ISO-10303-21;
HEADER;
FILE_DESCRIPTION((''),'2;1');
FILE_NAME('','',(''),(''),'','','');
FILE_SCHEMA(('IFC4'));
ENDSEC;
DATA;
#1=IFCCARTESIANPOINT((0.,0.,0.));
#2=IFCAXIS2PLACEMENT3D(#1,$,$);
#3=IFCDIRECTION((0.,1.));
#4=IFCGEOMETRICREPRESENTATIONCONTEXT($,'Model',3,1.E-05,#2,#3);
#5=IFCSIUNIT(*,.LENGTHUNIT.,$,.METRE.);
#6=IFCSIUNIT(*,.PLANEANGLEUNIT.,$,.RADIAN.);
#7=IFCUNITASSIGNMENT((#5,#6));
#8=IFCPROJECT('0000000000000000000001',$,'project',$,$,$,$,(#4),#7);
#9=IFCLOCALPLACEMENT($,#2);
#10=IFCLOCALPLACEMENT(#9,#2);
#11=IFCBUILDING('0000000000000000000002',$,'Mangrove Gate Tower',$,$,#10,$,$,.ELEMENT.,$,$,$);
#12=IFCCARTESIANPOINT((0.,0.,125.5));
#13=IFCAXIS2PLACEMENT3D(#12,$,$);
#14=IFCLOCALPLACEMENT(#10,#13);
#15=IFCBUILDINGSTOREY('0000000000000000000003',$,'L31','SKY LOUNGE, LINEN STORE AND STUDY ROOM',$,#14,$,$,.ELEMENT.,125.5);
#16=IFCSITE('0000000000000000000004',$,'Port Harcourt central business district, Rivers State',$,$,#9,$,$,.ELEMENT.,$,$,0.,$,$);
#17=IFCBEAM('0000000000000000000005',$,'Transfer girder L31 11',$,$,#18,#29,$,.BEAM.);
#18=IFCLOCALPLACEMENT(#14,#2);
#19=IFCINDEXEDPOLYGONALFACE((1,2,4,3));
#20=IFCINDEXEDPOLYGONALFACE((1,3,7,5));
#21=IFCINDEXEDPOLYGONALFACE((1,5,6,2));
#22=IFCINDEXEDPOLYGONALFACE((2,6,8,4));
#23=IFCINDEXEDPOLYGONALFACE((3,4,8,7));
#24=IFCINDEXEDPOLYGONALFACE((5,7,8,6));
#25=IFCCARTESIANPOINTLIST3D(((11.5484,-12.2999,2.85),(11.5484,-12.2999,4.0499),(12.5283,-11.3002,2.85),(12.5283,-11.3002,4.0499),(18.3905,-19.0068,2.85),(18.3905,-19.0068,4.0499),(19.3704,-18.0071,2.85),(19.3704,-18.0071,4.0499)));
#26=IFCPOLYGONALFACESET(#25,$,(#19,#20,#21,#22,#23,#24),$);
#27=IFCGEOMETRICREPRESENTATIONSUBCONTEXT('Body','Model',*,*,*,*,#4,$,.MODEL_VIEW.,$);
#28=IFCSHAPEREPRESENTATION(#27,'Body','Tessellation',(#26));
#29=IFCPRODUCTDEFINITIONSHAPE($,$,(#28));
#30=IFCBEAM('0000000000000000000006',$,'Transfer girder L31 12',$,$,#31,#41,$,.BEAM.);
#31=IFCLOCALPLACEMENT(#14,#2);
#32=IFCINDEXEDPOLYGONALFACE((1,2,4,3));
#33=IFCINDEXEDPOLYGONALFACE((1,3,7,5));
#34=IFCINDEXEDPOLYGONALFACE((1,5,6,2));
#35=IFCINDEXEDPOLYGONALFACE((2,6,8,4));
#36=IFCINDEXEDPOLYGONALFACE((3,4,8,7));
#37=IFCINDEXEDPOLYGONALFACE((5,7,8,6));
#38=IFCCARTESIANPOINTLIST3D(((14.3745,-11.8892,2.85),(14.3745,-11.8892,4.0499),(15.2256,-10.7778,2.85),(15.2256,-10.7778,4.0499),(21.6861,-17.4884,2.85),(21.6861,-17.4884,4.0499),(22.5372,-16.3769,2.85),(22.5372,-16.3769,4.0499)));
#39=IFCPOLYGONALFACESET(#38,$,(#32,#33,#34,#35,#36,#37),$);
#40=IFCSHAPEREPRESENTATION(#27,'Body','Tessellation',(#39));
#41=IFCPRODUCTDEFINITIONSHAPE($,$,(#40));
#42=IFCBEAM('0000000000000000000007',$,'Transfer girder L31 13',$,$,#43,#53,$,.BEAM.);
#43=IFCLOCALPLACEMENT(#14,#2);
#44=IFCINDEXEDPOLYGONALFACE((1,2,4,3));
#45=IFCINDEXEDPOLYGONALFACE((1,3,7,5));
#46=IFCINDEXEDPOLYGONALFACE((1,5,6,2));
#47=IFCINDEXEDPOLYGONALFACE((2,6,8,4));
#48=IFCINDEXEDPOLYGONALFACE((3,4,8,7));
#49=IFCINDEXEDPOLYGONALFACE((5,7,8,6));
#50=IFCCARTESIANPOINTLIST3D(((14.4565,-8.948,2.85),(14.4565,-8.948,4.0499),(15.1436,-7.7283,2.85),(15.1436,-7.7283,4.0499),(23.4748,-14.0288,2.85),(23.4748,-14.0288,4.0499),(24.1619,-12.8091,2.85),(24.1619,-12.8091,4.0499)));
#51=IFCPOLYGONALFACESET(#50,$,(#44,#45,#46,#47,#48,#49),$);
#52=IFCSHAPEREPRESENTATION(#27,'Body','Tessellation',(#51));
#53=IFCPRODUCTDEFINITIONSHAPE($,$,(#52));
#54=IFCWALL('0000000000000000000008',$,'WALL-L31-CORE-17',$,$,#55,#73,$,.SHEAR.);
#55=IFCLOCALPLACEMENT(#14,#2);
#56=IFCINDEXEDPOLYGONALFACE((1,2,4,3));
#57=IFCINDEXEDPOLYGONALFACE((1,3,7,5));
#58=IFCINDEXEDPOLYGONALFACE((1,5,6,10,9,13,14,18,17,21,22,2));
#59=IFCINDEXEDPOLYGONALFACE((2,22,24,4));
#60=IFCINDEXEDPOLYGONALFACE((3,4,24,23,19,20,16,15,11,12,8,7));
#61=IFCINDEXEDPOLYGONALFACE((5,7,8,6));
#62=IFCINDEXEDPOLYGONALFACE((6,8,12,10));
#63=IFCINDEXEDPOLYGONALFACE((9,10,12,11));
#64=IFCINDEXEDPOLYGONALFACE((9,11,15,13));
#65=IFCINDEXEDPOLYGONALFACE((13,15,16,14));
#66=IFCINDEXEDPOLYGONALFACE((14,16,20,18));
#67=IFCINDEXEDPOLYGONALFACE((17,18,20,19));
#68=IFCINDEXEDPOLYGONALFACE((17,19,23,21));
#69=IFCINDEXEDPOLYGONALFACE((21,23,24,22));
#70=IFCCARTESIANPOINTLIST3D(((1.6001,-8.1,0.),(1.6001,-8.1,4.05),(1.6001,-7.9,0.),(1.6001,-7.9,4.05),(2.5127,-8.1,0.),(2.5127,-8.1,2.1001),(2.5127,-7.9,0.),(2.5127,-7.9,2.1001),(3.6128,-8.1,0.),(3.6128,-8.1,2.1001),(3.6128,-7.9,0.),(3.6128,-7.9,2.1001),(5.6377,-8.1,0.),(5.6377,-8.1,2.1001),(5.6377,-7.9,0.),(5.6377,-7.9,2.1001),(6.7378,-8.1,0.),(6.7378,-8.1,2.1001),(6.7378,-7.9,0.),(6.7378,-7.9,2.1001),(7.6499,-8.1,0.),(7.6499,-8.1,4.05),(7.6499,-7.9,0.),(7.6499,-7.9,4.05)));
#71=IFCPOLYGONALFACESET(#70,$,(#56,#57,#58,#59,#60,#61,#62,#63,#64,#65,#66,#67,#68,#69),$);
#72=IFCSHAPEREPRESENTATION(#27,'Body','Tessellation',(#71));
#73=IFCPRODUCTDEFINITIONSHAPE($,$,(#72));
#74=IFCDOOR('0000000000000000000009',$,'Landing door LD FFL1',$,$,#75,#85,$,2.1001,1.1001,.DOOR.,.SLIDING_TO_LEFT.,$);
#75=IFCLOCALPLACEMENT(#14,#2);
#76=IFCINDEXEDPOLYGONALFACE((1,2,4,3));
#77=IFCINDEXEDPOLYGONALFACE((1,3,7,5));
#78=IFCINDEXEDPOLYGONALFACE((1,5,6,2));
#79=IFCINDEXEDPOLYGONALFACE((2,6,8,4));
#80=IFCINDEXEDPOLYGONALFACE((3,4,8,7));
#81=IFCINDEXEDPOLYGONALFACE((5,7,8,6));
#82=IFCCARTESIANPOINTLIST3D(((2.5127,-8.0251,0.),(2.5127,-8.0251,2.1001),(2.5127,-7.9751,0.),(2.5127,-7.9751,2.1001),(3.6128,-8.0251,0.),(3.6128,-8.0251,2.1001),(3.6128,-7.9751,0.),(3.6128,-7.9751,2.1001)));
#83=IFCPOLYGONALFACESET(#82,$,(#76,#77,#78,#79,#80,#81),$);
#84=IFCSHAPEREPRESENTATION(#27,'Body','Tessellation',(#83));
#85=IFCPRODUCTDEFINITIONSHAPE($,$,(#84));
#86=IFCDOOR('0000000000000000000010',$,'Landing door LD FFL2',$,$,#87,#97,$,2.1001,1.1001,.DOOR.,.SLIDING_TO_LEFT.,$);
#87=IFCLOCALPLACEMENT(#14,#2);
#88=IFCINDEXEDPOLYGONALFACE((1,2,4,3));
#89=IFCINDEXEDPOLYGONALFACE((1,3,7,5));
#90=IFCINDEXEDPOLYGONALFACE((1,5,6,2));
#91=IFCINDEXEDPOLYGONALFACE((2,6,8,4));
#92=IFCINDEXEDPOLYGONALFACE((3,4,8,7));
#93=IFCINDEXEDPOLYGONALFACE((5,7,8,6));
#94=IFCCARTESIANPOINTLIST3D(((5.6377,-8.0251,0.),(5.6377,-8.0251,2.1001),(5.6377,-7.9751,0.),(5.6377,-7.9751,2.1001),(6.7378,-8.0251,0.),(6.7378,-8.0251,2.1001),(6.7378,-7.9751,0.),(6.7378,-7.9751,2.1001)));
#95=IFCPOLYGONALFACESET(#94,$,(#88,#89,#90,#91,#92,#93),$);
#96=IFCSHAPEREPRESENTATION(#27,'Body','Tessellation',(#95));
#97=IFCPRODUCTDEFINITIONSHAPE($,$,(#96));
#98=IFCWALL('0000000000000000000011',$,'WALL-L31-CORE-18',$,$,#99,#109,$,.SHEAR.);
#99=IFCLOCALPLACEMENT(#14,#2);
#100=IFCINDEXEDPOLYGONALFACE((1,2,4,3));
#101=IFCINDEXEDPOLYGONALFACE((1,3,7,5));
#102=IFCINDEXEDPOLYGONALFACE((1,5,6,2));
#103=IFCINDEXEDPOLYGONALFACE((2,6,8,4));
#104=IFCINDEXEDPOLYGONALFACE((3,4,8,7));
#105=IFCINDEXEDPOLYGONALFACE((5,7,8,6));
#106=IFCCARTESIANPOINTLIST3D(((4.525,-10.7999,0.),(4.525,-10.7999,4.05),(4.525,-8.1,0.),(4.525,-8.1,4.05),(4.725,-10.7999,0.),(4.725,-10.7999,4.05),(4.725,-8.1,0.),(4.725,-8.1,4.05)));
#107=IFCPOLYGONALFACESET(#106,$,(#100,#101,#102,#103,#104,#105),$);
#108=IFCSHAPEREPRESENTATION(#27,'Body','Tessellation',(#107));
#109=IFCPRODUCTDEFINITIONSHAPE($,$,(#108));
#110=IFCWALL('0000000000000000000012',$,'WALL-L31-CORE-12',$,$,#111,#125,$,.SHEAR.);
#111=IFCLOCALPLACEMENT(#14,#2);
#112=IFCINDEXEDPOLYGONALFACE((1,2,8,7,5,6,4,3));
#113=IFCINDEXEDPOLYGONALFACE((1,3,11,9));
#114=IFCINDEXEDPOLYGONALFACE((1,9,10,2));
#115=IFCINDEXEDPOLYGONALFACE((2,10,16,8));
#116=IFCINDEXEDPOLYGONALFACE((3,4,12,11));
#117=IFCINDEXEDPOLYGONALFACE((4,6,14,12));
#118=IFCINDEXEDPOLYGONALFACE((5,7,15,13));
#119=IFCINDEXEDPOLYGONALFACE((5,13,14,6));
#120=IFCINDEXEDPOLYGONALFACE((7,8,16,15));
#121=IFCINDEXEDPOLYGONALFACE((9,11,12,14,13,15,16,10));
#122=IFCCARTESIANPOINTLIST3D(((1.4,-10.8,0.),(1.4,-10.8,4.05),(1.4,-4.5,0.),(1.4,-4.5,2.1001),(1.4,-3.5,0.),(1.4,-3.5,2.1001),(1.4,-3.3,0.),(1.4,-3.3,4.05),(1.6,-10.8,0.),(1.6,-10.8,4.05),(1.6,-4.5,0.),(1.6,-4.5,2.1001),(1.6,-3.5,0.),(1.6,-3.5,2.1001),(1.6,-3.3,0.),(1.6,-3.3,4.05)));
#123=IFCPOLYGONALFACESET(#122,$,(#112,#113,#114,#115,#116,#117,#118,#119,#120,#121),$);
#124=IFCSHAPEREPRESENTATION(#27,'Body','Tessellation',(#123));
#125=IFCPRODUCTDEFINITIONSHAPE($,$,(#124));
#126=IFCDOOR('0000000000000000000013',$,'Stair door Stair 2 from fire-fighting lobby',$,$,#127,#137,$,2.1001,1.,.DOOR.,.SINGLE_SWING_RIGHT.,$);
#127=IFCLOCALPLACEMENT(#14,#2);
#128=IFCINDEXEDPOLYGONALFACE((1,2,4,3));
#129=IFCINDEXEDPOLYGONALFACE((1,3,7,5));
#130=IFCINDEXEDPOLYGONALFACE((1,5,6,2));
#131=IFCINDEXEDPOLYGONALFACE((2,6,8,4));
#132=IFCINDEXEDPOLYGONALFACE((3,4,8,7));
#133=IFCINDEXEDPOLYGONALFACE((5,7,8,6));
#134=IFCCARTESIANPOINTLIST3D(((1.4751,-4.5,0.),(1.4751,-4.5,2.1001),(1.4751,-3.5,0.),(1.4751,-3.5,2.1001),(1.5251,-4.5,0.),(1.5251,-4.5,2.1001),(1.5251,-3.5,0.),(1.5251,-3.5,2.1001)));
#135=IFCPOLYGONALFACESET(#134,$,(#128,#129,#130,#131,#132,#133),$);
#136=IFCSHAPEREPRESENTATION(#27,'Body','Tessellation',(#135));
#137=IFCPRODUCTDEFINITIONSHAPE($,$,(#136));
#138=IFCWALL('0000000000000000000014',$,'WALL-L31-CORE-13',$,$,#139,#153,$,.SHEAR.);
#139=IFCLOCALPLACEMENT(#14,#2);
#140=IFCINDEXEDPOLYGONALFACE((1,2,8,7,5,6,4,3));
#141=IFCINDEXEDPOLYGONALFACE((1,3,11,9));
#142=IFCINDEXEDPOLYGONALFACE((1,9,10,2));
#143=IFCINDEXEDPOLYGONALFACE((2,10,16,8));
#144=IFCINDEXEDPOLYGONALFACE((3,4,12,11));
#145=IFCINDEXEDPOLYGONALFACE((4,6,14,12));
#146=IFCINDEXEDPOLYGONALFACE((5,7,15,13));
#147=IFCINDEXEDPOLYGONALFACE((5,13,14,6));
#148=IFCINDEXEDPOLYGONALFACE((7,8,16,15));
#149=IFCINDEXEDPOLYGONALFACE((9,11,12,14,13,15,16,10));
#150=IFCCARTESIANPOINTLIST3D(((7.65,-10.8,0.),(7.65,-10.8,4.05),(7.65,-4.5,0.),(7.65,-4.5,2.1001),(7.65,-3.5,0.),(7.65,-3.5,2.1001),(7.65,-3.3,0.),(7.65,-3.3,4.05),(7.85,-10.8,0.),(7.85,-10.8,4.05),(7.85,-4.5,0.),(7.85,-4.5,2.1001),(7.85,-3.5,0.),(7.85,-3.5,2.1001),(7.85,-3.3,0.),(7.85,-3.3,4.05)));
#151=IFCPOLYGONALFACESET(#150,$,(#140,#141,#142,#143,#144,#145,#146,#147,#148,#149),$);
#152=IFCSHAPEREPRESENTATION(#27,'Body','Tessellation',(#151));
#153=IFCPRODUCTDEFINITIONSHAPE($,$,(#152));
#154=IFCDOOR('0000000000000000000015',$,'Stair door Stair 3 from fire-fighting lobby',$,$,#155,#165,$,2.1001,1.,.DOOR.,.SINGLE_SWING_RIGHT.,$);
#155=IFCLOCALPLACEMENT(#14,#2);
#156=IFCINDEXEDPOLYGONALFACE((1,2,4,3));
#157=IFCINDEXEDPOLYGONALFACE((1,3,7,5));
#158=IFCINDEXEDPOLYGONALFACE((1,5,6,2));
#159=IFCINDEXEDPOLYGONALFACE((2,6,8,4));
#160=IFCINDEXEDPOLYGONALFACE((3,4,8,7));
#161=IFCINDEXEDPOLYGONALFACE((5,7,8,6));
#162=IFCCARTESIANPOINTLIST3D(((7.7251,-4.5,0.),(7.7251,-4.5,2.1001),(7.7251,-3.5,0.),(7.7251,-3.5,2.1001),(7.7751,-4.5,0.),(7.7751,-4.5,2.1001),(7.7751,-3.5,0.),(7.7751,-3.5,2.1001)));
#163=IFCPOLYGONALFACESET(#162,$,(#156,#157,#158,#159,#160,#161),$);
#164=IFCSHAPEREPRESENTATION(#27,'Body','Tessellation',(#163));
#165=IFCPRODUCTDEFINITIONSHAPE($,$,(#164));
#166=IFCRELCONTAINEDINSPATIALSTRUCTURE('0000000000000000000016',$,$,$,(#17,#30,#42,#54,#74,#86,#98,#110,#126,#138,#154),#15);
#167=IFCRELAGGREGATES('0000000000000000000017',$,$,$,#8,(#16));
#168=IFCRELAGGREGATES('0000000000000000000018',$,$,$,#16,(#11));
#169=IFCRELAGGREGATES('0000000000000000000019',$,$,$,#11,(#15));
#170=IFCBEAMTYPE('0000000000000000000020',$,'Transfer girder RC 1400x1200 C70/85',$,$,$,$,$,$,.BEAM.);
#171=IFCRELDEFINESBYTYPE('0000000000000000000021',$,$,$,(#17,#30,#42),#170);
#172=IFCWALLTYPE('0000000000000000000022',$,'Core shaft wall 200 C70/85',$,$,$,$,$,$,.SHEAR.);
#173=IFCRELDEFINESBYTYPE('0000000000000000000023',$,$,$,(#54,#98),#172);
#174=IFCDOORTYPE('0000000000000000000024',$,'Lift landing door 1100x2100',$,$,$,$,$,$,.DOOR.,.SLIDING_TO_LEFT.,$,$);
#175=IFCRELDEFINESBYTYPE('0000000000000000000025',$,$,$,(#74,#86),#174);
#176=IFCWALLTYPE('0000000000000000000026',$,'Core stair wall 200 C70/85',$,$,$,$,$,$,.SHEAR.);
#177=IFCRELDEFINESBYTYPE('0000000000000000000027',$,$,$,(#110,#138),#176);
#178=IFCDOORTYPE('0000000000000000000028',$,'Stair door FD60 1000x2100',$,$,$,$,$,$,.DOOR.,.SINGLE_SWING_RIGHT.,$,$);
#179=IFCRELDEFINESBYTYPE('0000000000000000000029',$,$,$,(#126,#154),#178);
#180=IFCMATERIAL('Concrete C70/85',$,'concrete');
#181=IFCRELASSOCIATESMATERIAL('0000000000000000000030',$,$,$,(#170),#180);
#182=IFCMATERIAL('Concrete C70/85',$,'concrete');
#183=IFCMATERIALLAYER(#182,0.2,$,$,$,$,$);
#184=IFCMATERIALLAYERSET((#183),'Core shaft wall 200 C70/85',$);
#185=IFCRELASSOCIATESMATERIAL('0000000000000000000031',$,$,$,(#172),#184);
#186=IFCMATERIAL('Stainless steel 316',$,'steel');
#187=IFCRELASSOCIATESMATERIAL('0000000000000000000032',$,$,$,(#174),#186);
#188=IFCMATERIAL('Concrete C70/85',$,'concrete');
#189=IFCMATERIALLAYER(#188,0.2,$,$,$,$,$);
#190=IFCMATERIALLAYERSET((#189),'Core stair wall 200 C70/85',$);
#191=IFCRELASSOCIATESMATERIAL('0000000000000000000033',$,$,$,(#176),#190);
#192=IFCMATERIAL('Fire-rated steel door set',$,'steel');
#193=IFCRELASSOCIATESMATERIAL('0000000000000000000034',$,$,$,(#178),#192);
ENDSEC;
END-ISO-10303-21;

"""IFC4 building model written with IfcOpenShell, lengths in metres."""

from ifc_helpers import new_model, si_unit, direction, frame, frame_2d, origin, origin_2d, place, context, subcontext, project, spatial, rectangle, extrude, material, layer, layer_set, material_profile, profile_set, type_object, element, fill, save


model = new_model("IFC4")

# Units and contexts
model_context = context("Model", 3, precision=1e-05, world=origin(), true_north=direction((0.0, 1.0)))
body_context = subcontext(model_context, "Body", "Model", "MODEL_VIEW")
ifc_project = project(units=[si_unit("LENGTHUNIT", "METRE"), si_unit("PLANEANGLEUNIT", "RADIAN")], contexts=[model_context])

# Site, building, storey
site_placement = place(None, origin())
site = spatial("IfcSite", under=ifc_project, at=site_placement, Name="Port Harcourt central business district, Rivers State", CompositionType="ELEMENT", RefElevation=0.0)
building_placement = place(site_placement, origin())
building = spatial("IfcBuilding", under=site, at=building_placement, Name="Mangrove Gate Tower", CompositionType="ELEMENT")
storey_placement = place(building_placement, frame((0.0, 0.0, 125.5)))
storey = spatial("IfcBuildingStorey", under=building, at=storey_placement, Name="L31", Description="SKY LOUNGE, LINEN STORE AND STUDY ROOM", CompositionType="ELEMENT", Elevation=125.5)

# Beams
ifc_material_1 = material(Name="Concrete C70/85", Category="concrete")
ifc_material_profile = material_profile(ifc_material_1, rectangle(XDim=1.3999, YDim=1.2, at=origin_2d()))
ifc_profile_set = profile_set([ifc_material_profile], Name="Concrete C70/85")
beam_type = type_object("IfcBeamType", Name="Transfer girder RC 1400x1200 C70/85", PredefinedType="BEAM", material=ifc_profile_set)
beam_1_placement = place(storey_placement, frame((12.0383, -11.8, 3.45), z_axis=(0.71413, -0.700013, 0.0), x_axis=(0.700013, 0.71413, 0.0)))
element("IfcBeam", 1, at=beam_1_placement, inside=storey, type_object=beam_type, Name="Transfer girder L31 11", PredefinedType="BEAM", context=body_context, shape_type="SweptSolid", body=[
    extrude(rectangle(XDim=1.3999, YDim=1.2, at=origin_2d()), origin(), (0.0, 0.0, 1.0), 9.5811),
])
beam_2_placement = place(storey_placement, frame((14.8, -11.3335, 3.45), z_axis=(0.793941, -0.607995, 0.0), x_axis=(0.607995, 0.793941, 0.0)))
element("IfcBeam", 2, at=beam_2_placement, inside=storey, type_object=beam_type, Name="Transfer girder L31 12", PredefinedType="BEAM", context=body_context, shape_type="SweptSolid", body=[
    extrude(rectangle(XDim=1.3999, YDim=1.2, at=origin_2d()), origin(), (0.0, 0.0, 1.0), 9.2092),
])
beam_3_placement = place(storey_placement, frame((14.8, -8.3381, 3.45), z_axis=(0.871245, -0.490849, 0.0), x_axis=(0.490849, 0.871245, 0.0)))
element("IfcBeam", 3, at=beam_3_placement, inside=storey, type_object=beam_type, Name="Transfer girder L31 13", PredefinedType="BEAM", context=body_context, shape_type="SweptSolid", body=[
    extrude(rectangle(XDim=1.3999, YDim=1.2, at=origin_2d()), origin(), (0.0, 0.0, 1.0), 10.3511),
])

# Wall, openings, doors
ifc_material_2 = material(Name="Concrete C70/85", Category="concrete")
ifc_layer_1 = layer(ifc_material_2, 0.2)
ifc_layer_set_1 = layer_set([ifc_layer_1], Name="Core shaft wall 200 C70/85")
wall_type_1 = type_object("IfcWallType", Name="Core shaft wall 200 C70/85", PredefinedType="SHEAR", material=ifc_layer_set_1)
wall_1_placement = place(storey_placement, frame((1.6001, -8.0, 0.0), z_axis=(0.0, 0.0, 1.0), x_axis=(1.0, 0.0, 0.0)))
wall_1 = element("IfcWall", 4, at=wall_1_placement, inside=storey, type_object=wall_type_1, Name="WALL-L31-CORE-17", PredefinedType="SHEAR", context=body_context, shape_type="SweptSolid", body=[
    extrude(rectangle(XDim=6.0498, YDim=0.2, at=frame_2d((3.0249, 0.0))), origin(), (0.0, 0.0, 1.0), 4.05),
])
opening_1_placement = place(wall_1_placement, frame((0.9126, 0.0, 0.0)))
opening_1 = element("IfcOpeningElement", 5, at=opening_1_placement, cuts=wall_1, PredefinedType="OPENING", context=body_context, shape_type="SweptSolid", body=[
    extrude(rectangle(XDim=1.1001, YDim=2.1001, at=frame_2d((0.55, 1.05))), frame((0.0, 0.1099, 0.0), z_axis=(0.0, -1.0, 0.0), x_axis=(1.0, 0.0, 0.0)), (0.0, 0.0, 1.0), 0.22),
])
opening_2_placement = place(wall_1_placement, frame((4.0376, 0.0, 0.0)))
opening_2 = element("IfcOpeningElement", 6, at=opening_2_placement, cuts=wall_1, PredefinedType="OPENING", context=body_context, shape_type="SweptSolid", body=[
    extrude(rectangle(XDim=1.1001, YDim=2.1001, at=frame_2d((0.55, 1.05))), frame((0.0, 0.1099, 0.0), z_axis=(0.0, -1.0, 0.0), x_axis=(1.0, 0.0, 0.0)), (0.0, 0.0, 1.0), 0.22),
])
ifc_material_3 = material(Name="Stainless steel 316", Category="steel")
door_type_1 = type_object("IfcDoorType", Name="Lift landing door 1100x2100", OperationType="SLIDING_TO_LEFT", PredefinedType="DOOR", material=ifc_material_3)
door_1_placement = place(opening_1_placement, origin())
door_1 = element("IfcDoor", 7, at=door_1_placement, inside=storey, type_object=door_type_1, Name="Landing door LD FFL1", OperationType="SLIDING_TO_LEFT", OverallHeight=2.1001, OverallWidth=1.1001, PredefinedType="DOOR", context=body_context, shape_type="SweptSolid", body=[
    extrude(rectangle(XDim=1.1001, YDim=2.1001, at=frame_2d((0.55, 1.05))), frame((0.0, 0.0249, 0.0), z_axis=(0.0, -1.0, 0.0), x_axis=(1.0, 0.0, 0.0)), (0.0, 0.0, 1.0), 0.05),
])
fill(opening_1, door_1)
door_2_placement = place(opening_2_placement, origin())
door_2 = element("IfcDoor", 8, at=door_2_placement, inside=storey, type_object=door_type_1, Name="Landing door LD FFL2", OperationType="SLIDING_TO_LEFT", OverallHeight=2.1001, OverallWidth=1.1001, PredefinedType="DOOR", context=body_context, shape_type="SweptSolid", body=[
    extrude(rectangle(XDim=1.1001, YDim=2.1001, at=frame_2d((0.55, 1.05))), frame((0.0, 0.0249, 0.0), z_axis=(0.0, -1.0, 0.0), x_axis=(1.0, 0.0, 0.0)), (0.0, 0.0, 1.0), 0.05),
])
fill(opening_2, door_2)

# Wall
wall_2_placement = place(storey_placement, frame((4.625, -10.8, 0.0), z_axis=(0.0, 0.0, 1.0), x_axis=(0.0, 1.0, 0.0)))
element("IfcWall", 9, at=wall_2_placement, inside=storey, type_object=wall_type_1, Name="WALL-L31-CORE-18", PredefinedType="SHEAR", context=body_context, shape_type="SweptSolid", body=[
    extrude(rectangle(XDim=2.7, YDim=0.2, at=frame_2d((1.3501, 0.0))), origin(), (0.0, 0.0, 1.0), 4.05),
])

# Walls, openings, doors
ifc_material_4 = material(Name="Concrete C70/85", Category="concrete")
ifc_layer_2 = layer(ifc_material_4, 0.2)
ifc_layer_set_2 = layer_set([ifc_layer_2], Name="Core stair wall 200 C70/85")
wall_type_2 = type_object("IfcWallType", Name="Core stair wall 200 C70/85", PredefinedType="SHEAR", material=ifc_layer_set_2)
wall_3_placement = place(storey_placement, frame((1.5, -10.8, 0.0), z_axis=(0.0, 0.0, 1.0), x_axis=(0.0, 1.0, 0.0)))
wall_3 = element("IfcWall", 10, at=wall_3_placement, inside=storey, type_object=wall_type_2, Name="WALL-L31-CORE-12", PredefinedType="SHEAR", context=body_context, shape_type="SweptSolid", body=[
    extrude(rectangle(XDim=7.5, YDim=0.2, at=frame_2d((3.75, 0.0))), origin(), (0.0, 0.0, 1.0), 4.05),
])
opening_3_placement = place(wall_3_placement, frame((6.3, 0.0, 0.0)))
opening_3 = element("IfcOpeningElement", 11, at=opening_3_placement, cuts=wall_3, PredefinedType="OPENING", context=body_context, shape_type="SweptSolid", body=[
    extrude(rectangle(XDim=1.0, YDim=2.1001, at=frame_2d((0.5, 1.05))), frame((0.0, 0.1099, 0.0), z_axis=(0.0, -1.0, 0.0), x_axis=(1.0, 0.0, 0.0)), (0.0, 0.0, 1.0), 0.22),
])
ifc_material_5 = material(Name="Fire-rated steel door set", Category="steel")
door_type_2 = type_object("IfcDoorType", Name="Stair door FD60 1000x2100", OperationType="SINGLE_SWING_RIGHT", PredefinedType="DOOR", material=ifc_material_5)
door_3_placement = place(opening_3_placement, origin())
door_3 = element("IfcDoor", 12, at=door_3_placement, inside=storey, type_object=door_type_2, Name="Stair door Stair 2 from fire-fighting lobby", OperationType="SINGLE_SWING_RIGHT", OverallHeight=2.1001, OverallWidth=1.0, PredefinedType="DOOR", context=body_context, shape_type="SweptSolid", body=[
    extrude(rectangle(XDim=1.0, YDim=2.1001, at=frame_2d((0.5, 1.05))), frame((0.0, 0.0249, 0.0), z_axis=(0.0, -1.0, 0.0), x_axis=(1.0, 0.0, 0.0)), (0.0, 0.0, 1.0), 0.05),
])
fill(opening_3, door_3)
wall_4_placement = place(storey_placement, frame((7.75, -10.8, 0.0), z_axis=(0.0, 0.0, 1.0), x_axis=(0.0, 1.0, 0.0)))
wall_4 = element("IfcWall", 13, at=wall_4_placement, inside=storey, type_object=wall_type_2, Name="WALL-L31-CORE-13", PredefinedType="SHEAR", context=body_context, shape_type="SweptSolid", body=[
    extrude(rectangle(XDim=7.5, YDim=0.2, at=frame_2d((3.75, 0.0))), origin(), (0.0, 0.0, 1.0), 4.05),
])
opening_4_placement = place(wall_4_placement, frame((6.3, 0.0, 0.0)))
opening_4 = element("IfcOpeningElement", 14, at=opening_4_placement, cuts=wall_4, PredefinedType="OPENING", context=body_context, shape_type="SweptSolid", body=[
    extrude(rectangle(XDim=1.0, YDim=2.1001, at=frame_2d((0.5, 1.05))), frame((0.0, 0.1099, 0.0), z_axis=(0.0, -1.0, 0.0), x_axis=(1.0, 0.0, 0.0)), (0.0, 0.0, 1.0), 0.22),
])
door_4_placement = place(opening_4_placement, origin())
door_4 = element("IfcDoor", 15, at=door_4_placement, inside=storey, type_object=door_type_2, Name="Stair door Stair 3 from fire-fighting lobby", OperationType="SINGLE_SWING_RIGHT", OverallHeight=2.1001, OverallWidth=1.0, PredefinedType="DOOR", context=body_context, shape_type="SweptSolid", body=[
    extrude(rectangle(XDim=1.0, YDim=2.1001, at=frame_2d((0.5, 1.05))), frame((0.0, 0.0249, 0.0), z_axis=(0.0, -1.0, 0.0), x_axis=(1.0, 0.0, 0.0)), (0.0, 0.0, 1.0), 0.05),
])
fill(opening_4, door_4)

save(model, "model.ifc")
